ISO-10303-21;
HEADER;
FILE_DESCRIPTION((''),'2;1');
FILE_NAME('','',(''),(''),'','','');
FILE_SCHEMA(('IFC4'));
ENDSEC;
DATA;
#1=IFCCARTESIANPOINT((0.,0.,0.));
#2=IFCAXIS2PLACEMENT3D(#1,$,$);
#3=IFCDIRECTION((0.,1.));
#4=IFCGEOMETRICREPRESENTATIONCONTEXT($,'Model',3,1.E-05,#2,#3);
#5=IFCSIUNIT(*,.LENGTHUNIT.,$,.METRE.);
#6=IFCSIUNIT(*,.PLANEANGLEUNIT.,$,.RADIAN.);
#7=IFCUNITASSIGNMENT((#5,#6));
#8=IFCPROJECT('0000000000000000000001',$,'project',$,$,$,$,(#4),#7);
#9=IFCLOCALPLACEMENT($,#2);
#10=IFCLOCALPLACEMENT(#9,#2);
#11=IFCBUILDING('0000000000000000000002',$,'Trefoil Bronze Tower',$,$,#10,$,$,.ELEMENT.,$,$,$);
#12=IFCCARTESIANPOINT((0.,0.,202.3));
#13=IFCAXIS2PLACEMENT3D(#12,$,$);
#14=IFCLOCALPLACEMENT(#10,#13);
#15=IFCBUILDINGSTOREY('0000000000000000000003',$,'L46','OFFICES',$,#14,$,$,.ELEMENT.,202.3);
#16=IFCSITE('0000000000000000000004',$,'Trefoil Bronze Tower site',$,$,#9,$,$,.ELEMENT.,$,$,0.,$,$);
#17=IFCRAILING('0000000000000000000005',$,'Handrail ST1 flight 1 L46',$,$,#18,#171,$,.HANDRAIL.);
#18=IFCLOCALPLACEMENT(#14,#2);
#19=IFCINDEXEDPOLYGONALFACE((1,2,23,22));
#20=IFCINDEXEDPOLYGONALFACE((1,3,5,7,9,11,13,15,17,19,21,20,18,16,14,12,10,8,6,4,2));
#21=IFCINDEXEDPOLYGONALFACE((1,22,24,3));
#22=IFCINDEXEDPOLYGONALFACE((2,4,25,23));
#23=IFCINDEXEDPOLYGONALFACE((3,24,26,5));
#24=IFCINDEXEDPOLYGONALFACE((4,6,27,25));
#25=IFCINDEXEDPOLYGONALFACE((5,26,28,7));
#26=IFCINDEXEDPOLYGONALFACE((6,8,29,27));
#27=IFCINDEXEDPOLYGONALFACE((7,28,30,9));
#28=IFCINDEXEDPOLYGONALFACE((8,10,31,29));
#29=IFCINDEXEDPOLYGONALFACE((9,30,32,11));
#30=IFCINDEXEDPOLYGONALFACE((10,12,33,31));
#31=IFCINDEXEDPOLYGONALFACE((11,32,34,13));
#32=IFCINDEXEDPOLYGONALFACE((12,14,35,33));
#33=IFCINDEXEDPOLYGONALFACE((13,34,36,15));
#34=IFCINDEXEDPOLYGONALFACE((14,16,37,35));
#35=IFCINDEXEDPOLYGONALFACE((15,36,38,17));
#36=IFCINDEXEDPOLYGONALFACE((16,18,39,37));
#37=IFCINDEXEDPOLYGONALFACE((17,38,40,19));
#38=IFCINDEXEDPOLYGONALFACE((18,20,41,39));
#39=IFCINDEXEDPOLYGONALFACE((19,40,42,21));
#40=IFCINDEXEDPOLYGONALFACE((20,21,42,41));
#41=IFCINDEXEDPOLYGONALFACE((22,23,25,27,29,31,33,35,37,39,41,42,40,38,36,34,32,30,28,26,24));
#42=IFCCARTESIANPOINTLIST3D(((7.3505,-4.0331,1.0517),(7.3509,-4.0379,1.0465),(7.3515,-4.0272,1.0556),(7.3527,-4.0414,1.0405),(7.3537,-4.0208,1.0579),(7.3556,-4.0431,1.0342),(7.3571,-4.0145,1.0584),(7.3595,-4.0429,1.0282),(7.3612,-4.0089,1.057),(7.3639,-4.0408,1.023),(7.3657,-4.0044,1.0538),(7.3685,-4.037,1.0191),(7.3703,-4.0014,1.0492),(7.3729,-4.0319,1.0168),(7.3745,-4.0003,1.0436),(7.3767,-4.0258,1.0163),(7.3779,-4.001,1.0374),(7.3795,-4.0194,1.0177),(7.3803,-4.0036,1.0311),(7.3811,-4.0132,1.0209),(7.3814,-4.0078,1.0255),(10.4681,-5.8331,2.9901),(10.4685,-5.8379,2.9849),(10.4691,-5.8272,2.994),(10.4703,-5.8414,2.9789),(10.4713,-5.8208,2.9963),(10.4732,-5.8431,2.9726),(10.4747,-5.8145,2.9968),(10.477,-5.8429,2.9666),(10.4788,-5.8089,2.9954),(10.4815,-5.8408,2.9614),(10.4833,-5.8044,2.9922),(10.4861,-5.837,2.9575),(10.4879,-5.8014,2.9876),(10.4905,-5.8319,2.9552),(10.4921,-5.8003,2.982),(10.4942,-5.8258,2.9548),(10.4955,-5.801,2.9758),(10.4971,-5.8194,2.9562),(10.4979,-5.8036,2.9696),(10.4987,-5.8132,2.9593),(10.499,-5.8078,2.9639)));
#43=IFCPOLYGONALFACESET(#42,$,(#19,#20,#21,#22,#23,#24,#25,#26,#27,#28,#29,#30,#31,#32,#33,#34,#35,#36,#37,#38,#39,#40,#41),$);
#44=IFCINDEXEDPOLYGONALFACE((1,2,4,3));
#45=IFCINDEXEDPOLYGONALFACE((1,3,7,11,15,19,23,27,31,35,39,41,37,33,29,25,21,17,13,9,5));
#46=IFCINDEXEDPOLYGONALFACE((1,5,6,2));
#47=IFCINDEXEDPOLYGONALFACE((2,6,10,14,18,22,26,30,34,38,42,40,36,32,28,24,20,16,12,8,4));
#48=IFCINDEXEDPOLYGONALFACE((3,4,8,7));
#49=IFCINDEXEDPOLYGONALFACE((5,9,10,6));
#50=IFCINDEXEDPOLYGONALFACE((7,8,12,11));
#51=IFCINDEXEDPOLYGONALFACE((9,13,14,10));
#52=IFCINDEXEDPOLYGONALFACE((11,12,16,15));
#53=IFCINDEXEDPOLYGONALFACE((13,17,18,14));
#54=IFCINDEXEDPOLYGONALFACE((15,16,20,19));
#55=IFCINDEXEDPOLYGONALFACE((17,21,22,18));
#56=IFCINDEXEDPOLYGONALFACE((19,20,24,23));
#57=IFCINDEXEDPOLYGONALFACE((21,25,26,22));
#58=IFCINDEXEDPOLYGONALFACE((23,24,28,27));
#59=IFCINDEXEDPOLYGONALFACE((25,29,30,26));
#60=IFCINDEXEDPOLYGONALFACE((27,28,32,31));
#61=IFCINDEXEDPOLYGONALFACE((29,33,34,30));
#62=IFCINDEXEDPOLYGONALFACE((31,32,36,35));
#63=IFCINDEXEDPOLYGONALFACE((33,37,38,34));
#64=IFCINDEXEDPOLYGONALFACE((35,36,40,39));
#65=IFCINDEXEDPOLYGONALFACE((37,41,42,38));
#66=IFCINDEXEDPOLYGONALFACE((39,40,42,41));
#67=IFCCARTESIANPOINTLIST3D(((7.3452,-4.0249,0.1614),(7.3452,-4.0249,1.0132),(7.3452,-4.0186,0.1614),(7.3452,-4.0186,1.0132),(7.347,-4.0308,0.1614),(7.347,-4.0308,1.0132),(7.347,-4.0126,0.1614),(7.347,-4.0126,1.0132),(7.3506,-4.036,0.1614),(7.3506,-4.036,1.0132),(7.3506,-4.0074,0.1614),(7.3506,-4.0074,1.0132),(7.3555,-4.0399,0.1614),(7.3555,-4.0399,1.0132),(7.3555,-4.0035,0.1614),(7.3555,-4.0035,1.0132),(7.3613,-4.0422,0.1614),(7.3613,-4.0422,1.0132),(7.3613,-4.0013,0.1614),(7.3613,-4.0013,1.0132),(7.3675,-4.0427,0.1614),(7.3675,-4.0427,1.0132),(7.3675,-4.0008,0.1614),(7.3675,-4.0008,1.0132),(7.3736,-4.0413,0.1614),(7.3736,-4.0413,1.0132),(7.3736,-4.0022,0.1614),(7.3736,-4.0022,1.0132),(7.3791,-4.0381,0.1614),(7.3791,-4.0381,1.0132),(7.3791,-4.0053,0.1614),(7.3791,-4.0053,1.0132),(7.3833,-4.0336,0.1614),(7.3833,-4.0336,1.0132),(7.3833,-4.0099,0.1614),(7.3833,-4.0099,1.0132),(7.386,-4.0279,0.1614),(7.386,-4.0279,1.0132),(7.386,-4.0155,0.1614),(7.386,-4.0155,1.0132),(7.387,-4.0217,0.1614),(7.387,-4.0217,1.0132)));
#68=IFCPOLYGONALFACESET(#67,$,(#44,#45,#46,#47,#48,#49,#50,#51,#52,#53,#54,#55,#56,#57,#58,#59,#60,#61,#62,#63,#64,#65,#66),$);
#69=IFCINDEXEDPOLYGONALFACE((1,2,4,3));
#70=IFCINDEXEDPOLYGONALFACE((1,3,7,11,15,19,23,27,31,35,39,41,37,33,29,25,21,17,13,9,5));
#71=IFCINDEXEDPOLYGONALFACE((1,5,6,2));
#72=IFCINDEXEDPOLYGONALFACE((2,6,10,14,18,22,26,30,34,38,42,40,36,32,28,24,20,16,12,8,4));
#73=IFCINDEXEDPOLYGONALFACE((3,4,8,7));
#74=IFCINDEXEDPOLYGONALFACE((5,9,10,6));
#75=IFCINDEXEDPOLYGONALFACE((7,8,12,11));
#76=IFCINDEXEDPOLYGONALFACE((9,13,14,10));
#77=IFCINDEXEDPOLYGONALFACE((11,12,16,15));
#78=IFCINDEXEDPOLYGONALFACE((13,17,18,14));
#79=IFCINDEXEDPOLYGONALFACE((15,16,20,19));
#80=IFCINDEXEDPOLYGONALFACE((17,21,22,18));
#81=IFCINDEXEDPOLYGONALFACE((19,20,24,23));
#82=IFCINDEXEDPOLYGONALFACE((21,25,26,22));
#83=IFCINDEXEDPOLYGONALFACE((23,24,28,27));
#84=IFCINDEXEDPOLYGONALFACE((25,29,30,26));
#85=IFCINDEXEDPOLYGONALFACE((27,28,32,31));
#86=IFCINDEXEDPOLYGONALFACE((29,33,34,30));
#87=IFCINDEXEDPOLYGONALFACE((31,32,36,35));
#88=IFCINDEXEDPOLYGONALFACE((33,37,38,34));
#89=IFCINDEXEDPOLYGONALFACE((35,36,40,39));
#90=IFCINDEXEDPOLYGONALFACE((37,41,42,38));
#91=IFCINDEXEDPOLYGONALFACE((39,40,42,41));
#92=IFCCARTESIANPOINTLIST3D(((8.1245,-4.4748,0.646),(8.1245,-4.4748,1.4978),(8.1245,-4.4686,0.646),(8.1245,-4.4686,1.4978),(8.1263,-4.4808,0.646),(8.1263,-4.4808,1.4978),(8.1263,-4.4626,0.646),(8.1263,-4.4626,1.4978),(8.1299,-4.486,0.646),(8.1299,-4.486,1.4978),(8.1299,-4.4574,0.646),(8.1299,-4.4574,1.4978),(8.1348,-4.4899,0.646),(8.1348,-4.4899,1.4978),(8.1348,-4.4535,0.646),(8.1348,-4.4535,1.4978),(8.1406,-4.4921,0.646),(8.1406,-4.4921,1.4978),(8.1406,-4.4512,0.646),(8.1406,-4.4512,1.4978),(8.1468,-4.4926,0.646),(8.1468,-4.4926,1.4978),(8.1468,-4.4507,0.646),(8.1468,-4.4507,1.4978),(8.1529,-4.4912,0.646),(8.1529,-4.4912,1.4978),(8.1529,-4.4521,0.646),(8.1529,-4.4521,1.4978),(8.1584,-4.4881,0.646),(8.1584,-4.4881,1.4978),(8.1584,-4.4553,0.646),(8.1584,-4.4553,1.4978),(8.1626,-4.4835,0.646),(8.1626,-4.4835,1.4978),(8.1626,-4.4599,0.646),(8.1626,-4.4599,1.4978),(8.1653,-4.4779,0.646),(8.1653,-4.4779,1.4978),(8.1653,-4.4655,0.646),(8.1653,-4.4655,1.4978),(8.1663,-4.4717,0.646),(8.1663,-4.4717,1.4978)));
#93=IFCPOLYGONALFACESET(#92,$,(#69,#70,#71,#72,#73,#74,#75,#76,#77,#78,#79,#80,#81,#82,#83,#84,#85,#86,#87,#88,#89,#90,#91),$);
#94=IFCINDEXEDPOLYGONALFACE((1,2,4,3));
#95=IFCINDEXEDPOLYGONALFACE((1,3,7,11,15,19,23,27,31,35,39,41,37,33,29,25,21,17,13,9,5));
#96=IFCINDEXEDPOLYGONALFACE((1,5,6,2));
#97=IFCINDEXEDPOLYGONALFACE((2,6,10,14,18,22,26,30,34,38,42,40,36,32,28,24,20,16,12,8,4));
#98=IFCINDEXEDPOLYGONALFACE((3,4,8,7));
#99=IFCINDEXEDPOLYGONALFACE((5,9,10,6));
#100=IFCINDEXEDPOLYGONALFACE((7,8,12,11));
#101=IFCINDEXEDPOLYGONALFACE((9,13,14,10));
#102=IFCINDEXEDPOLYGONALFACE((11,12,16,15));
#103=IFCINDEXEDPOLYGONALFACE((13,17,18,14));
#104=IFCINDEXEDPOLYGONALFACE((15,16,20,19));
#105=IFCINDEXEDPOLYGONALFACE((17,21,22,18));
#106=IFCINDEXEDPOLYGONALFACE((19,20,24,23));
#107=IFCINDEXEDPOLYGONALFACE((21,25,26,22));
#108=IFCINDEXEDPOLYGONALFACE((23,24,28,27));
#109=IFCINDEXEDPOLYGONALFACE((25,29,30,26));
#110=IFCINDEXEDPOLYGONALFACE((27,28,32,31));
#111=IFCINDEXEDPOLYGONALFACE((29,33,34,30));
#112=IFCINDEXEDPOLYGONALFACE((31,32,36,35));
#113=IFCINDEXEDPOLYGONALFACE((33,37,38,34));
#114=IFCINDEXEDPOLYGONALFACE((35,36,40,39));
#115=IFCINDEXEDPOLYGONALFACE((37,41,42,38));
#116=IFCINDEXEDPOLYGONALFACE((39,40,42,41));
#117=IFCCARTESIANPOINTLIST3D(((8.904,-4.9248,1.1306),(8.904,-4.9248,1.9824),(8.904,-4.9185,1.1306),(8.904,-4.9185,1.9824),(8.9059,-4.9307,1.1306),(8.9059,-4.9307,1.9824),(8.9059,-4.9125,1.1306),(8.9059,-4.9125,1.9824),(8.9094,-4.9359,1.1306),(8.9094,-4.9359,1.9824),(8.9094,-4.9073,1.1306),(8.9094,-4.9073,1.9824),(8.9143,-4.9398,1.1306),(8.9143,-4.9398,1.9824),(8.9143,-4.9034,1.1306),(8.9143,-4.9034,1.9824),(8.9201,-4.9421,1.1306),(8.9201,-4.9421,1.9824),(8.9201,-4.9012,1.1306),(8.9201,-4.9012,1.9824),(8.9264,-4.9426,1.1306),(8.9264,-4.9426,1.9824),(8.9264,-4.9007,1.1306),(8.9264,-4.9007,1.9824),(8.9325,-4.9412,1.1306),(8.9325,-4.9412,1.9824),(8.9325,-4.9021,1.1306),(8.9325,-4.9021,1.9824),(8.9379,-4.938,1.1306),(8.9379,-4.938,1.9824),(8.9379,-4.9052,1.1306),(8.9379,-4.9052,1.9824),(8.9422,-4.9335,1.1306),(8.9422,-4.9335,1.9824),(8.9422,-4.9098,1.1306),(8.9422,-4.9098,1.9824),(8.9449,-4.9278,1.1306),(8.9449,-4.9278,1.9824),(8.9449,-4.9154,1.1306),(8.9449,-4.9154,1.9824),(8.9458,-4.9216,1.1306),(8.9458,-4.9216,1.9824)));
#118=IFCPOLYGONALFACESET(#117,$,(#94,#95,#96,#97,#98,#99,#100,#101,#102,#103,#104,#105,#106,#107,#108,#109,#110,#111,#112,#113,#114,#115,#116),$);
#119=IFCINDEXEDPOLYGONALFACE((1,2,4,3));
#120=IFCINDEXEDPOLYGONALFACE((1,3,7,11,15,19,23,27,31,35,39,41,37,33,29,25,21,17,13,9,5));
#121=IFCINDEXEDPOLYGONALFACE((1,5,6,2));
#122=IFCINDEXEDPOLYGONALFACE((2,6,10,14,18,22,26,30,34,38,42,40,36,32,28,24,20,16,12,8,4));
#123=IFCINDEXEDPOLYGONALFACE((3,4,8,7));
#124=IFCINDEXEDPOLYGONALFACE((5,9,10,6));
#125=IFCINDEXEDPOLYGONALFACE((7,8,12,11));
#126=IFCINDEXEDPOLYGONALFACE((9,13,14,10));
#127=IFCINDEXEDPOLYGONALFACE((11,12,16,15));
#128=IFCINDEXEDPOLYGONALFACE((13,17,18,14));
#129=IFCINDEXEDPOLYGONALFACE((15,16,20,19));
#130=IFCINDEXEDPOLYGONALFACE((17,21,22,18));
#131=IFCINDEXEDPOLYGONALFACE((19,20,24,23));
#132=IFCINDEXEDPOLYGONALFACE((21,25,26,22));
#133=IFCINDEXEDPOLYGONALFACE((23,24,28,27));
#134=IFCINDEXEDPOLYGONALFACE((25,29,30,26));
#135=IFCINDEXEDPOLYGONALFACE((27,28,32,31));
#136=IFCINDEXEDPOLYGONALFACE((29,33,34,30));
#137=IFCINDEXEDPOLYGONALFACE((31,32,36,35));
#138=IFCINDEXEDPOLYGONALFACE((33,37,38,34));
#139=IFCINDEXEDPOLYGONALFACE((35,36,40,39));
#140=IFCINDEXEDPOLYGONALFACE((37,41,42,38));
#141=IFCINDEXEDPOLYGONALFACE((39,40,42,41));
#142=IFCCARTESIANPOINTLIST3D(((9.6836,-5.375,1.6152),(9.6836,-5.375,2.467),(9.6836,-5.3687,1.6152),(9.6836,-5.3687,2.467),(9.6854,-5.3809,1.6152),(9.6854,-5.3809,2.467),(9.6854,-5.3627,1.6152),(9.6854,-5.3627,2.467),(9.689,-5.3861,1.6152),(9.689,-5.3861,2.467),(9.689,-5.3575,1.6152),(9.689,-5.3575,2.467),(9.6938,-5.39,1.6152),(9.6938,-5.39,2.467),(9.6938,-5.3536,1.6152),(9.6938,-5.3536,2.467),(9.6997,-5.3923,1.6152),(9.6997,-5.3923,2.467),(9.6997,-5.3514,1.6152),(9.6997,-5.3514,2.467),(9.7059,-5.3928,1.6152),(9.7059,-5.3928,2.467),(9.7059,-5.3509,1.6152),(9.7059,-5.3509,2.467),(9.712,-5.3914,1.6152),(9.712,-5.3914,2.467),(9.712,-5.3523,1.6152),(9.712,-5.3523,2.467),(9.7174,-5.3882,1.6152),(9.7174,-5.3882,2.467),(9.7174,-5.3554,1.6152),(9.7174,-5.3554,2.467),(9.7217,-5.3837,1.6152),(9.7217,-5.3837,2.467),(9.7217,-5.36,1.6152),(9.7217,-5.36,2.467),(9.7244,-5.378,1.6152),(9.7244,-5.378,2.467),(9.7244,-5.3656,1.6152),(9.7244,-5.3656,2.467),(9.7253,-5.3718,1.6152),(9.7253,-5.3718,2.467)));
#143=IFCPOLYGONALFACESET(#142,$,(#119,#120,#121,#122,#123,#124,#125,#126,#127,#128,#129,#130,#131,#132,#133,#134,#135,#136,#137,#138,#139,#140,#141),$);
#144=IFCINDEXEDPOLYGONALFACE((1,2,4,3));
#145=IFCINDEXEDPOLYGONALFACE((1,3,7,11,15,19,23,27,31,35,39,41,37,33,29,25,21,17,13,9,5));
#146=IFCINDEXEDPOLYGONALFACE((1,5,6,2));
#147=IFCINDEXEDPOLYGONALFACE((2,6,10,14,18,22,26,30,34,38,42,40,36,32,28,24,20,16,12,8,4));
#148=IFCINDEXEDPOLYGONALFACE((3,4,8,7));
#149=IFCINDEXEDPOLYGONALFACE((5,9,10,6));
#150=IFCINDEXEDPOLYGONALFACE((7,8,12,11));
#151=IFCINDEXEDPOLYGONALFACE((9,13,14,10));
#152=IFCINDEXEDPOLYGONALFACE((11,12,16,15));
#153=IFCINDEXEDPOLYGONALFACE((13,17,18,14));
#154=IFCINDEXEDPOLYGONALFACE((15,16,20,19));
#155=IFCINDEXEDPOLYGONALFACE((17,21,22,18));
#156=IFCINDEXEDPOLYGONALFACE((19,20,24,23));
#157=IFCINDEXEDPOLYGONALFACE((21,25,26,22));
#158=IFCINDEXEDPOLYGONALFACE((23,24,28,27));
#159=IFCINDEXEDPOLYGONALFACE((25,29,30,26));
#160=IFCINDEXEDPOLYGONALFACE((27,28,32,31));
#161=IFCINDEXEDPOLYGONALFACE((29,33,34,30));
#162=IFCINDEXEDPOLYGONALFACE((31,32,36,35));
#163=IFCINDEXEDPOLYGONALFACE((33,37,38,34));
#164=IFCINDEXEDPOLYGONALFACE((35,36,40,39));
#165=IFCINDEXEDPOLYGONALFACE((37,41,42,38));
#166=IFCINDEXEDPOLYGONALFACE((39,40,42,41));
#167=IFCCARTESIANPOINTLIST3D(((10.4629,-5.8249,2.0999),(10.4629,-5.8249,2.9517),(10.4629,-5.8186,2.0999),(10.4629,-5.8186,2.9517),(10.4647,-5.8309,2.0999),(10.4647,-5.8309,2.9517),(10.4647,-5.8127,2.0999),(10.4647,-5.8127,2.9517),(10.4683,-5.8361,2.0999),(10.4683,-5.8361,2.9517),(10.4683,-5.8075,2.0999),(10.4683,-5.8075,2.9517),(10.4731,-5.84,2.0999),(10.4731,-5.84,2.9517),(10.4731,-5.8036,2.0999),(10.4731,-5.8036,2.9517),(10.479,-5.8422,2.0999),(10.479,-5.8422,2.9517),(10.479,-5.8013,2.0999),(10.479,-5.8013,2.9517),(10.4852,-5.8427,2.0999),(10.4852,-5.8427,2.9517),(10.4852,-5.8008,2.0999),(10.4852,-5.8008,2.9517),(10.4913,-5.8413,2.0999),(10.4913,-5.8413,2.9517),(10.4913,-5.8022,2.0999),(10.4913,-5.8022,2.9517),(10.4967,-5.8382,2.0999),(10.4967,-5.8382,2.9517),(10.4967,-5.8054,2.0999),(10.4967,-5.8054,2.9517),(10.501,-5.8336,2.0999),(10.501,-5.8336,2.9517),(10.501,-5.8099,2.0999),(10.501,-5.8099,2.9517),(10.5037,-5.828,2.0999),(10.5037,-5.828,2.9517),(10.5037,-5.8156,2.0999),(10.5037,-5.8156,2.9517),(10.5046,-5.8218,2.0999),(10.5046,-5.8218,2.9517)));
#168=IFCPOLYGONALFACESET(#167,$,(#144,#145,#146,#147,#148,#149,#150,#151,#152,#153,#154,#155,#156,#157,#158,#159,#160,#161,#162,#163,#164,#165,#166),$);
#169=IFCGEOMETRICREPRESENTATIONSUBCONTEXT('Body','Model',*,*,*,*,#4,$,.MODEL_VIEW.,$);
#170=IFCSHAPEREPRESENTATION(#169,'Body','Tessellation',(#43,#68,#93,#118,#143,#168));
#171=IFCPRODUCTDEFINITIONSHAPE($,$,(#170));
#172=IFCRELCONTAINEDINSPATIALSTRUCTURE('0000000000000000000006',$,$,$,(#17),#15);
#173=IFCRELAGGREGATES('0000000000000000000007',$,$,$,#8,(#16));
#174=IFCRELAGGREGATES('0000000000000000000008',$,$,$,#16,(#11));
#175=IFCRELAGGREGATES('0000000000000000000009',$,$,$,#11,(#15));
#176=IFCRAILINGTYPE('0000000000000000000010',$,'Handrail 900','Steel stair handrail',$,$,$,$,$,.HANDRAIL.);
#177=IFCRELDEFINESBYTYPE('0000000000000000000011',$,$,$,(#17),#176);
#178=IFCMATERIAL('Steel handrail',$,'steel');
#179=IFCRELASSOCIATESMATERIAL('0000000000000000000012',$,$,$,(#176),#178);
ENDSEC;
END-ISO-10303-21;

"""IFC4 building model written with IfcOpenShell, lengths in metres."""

from ifc_helpers import new_model, si_unit, direction, frame, origin, origin_2d, place, context, subcontext, project, spatial, circle, extrude, material, type_object, element, save


model = new_model("IFC4")

# Units and contexts
model_context = context("Model", 3, precision=1e-05, world=origin(), true_north=direction((0.0, 1.0)))
body_context = subcontext(model_context, "Body", "Model", "MODEL_VIEW")
ifc_project = project(units=[si_unit("LENGTHUNIT", "METRE"), si_unit("PLANEANGLEUNIT", "RADIAN")], contexts=[model_context])

# Site, building, storey
site_placement = place(None, origin())
site = spatial("IfcSite", under=ifc_project, at=site_placement, Name="Trefoil Bronze Tower site", CompositionType="ELEMENT", RefElevation=0.0)
building_placement = place(site_placement, origin())
building = spatial("IfcBuilding", under=site, at=building_placement, Name="Trefoil Bronze Tower", CompositionType="ELEMENT")
storey_placement = place(building_placement, frame((0.0, 0.0, 202.3)))
storey = spatial("IfcBuildingStorey", under=building, at=storey_placement, Name="L46", Description="OFFICES", CompositionType="ELEMENT", Elevation=202.3)

# Railing
ifc_material_1 = material(Name="Steel handrail", Category="steel")
railing_type = type_object("IfcRailingType", Name="Handrail 900", Description="Steel stair handrail", PredefinedType="HANDRAIL", material=ifc_material_1)
railing_1_placement = place(storey_placement, frame((7.366, -4.0217, 0.1614)))
element("IfcRailing", 1, at=railing_1_placement, inside=storey, type_object=railing_type, Name="Handrail ST1 flight 1 L46", PredefinedType="HANDRAIL", context=body_context, shape_type="SweptSolid", body=[
    extrude(circle(Radius=0.0239, at=origin_2d()), frame((0.0, 0.0, 0.876), z_axis=(0.762503, -0.440246, 0.474102), x_axis=(0.500012, 0.866018, 0.0)), (0.0, 0.0, 1.0), 4.0886),
    extrude(circle(Radius=0.021, at=origin_2d()), origin(), (0.0, 0.0, 1.0), 0.8518),
    extrude(circle(Radius=0.021, at=origin_2d()), frame((0.7793, -0.45, 0.4846)), (0.0, 0.0, 1.0), 0.8518),
    extrude(circle(Radius=0.021, at=origin_2d()), frame((1.5588, -0.8999, 0.9692)), (0.0, 0.0, 1.0), 0.8518),
    extrude(circle(Radius=0.021, at=origin_2d()), frame((2.3384, -1.3501, 1.4539)), (0.0, 0.0, 1.0), 0.8518),
    extrude(circle(Radius=0.021, at=origin_2d()), frame((3.1177, -1.8, 1.9385)), (0.0, 0.0, 1.0), 0.8518),
])

save(model, "model.ifc")
